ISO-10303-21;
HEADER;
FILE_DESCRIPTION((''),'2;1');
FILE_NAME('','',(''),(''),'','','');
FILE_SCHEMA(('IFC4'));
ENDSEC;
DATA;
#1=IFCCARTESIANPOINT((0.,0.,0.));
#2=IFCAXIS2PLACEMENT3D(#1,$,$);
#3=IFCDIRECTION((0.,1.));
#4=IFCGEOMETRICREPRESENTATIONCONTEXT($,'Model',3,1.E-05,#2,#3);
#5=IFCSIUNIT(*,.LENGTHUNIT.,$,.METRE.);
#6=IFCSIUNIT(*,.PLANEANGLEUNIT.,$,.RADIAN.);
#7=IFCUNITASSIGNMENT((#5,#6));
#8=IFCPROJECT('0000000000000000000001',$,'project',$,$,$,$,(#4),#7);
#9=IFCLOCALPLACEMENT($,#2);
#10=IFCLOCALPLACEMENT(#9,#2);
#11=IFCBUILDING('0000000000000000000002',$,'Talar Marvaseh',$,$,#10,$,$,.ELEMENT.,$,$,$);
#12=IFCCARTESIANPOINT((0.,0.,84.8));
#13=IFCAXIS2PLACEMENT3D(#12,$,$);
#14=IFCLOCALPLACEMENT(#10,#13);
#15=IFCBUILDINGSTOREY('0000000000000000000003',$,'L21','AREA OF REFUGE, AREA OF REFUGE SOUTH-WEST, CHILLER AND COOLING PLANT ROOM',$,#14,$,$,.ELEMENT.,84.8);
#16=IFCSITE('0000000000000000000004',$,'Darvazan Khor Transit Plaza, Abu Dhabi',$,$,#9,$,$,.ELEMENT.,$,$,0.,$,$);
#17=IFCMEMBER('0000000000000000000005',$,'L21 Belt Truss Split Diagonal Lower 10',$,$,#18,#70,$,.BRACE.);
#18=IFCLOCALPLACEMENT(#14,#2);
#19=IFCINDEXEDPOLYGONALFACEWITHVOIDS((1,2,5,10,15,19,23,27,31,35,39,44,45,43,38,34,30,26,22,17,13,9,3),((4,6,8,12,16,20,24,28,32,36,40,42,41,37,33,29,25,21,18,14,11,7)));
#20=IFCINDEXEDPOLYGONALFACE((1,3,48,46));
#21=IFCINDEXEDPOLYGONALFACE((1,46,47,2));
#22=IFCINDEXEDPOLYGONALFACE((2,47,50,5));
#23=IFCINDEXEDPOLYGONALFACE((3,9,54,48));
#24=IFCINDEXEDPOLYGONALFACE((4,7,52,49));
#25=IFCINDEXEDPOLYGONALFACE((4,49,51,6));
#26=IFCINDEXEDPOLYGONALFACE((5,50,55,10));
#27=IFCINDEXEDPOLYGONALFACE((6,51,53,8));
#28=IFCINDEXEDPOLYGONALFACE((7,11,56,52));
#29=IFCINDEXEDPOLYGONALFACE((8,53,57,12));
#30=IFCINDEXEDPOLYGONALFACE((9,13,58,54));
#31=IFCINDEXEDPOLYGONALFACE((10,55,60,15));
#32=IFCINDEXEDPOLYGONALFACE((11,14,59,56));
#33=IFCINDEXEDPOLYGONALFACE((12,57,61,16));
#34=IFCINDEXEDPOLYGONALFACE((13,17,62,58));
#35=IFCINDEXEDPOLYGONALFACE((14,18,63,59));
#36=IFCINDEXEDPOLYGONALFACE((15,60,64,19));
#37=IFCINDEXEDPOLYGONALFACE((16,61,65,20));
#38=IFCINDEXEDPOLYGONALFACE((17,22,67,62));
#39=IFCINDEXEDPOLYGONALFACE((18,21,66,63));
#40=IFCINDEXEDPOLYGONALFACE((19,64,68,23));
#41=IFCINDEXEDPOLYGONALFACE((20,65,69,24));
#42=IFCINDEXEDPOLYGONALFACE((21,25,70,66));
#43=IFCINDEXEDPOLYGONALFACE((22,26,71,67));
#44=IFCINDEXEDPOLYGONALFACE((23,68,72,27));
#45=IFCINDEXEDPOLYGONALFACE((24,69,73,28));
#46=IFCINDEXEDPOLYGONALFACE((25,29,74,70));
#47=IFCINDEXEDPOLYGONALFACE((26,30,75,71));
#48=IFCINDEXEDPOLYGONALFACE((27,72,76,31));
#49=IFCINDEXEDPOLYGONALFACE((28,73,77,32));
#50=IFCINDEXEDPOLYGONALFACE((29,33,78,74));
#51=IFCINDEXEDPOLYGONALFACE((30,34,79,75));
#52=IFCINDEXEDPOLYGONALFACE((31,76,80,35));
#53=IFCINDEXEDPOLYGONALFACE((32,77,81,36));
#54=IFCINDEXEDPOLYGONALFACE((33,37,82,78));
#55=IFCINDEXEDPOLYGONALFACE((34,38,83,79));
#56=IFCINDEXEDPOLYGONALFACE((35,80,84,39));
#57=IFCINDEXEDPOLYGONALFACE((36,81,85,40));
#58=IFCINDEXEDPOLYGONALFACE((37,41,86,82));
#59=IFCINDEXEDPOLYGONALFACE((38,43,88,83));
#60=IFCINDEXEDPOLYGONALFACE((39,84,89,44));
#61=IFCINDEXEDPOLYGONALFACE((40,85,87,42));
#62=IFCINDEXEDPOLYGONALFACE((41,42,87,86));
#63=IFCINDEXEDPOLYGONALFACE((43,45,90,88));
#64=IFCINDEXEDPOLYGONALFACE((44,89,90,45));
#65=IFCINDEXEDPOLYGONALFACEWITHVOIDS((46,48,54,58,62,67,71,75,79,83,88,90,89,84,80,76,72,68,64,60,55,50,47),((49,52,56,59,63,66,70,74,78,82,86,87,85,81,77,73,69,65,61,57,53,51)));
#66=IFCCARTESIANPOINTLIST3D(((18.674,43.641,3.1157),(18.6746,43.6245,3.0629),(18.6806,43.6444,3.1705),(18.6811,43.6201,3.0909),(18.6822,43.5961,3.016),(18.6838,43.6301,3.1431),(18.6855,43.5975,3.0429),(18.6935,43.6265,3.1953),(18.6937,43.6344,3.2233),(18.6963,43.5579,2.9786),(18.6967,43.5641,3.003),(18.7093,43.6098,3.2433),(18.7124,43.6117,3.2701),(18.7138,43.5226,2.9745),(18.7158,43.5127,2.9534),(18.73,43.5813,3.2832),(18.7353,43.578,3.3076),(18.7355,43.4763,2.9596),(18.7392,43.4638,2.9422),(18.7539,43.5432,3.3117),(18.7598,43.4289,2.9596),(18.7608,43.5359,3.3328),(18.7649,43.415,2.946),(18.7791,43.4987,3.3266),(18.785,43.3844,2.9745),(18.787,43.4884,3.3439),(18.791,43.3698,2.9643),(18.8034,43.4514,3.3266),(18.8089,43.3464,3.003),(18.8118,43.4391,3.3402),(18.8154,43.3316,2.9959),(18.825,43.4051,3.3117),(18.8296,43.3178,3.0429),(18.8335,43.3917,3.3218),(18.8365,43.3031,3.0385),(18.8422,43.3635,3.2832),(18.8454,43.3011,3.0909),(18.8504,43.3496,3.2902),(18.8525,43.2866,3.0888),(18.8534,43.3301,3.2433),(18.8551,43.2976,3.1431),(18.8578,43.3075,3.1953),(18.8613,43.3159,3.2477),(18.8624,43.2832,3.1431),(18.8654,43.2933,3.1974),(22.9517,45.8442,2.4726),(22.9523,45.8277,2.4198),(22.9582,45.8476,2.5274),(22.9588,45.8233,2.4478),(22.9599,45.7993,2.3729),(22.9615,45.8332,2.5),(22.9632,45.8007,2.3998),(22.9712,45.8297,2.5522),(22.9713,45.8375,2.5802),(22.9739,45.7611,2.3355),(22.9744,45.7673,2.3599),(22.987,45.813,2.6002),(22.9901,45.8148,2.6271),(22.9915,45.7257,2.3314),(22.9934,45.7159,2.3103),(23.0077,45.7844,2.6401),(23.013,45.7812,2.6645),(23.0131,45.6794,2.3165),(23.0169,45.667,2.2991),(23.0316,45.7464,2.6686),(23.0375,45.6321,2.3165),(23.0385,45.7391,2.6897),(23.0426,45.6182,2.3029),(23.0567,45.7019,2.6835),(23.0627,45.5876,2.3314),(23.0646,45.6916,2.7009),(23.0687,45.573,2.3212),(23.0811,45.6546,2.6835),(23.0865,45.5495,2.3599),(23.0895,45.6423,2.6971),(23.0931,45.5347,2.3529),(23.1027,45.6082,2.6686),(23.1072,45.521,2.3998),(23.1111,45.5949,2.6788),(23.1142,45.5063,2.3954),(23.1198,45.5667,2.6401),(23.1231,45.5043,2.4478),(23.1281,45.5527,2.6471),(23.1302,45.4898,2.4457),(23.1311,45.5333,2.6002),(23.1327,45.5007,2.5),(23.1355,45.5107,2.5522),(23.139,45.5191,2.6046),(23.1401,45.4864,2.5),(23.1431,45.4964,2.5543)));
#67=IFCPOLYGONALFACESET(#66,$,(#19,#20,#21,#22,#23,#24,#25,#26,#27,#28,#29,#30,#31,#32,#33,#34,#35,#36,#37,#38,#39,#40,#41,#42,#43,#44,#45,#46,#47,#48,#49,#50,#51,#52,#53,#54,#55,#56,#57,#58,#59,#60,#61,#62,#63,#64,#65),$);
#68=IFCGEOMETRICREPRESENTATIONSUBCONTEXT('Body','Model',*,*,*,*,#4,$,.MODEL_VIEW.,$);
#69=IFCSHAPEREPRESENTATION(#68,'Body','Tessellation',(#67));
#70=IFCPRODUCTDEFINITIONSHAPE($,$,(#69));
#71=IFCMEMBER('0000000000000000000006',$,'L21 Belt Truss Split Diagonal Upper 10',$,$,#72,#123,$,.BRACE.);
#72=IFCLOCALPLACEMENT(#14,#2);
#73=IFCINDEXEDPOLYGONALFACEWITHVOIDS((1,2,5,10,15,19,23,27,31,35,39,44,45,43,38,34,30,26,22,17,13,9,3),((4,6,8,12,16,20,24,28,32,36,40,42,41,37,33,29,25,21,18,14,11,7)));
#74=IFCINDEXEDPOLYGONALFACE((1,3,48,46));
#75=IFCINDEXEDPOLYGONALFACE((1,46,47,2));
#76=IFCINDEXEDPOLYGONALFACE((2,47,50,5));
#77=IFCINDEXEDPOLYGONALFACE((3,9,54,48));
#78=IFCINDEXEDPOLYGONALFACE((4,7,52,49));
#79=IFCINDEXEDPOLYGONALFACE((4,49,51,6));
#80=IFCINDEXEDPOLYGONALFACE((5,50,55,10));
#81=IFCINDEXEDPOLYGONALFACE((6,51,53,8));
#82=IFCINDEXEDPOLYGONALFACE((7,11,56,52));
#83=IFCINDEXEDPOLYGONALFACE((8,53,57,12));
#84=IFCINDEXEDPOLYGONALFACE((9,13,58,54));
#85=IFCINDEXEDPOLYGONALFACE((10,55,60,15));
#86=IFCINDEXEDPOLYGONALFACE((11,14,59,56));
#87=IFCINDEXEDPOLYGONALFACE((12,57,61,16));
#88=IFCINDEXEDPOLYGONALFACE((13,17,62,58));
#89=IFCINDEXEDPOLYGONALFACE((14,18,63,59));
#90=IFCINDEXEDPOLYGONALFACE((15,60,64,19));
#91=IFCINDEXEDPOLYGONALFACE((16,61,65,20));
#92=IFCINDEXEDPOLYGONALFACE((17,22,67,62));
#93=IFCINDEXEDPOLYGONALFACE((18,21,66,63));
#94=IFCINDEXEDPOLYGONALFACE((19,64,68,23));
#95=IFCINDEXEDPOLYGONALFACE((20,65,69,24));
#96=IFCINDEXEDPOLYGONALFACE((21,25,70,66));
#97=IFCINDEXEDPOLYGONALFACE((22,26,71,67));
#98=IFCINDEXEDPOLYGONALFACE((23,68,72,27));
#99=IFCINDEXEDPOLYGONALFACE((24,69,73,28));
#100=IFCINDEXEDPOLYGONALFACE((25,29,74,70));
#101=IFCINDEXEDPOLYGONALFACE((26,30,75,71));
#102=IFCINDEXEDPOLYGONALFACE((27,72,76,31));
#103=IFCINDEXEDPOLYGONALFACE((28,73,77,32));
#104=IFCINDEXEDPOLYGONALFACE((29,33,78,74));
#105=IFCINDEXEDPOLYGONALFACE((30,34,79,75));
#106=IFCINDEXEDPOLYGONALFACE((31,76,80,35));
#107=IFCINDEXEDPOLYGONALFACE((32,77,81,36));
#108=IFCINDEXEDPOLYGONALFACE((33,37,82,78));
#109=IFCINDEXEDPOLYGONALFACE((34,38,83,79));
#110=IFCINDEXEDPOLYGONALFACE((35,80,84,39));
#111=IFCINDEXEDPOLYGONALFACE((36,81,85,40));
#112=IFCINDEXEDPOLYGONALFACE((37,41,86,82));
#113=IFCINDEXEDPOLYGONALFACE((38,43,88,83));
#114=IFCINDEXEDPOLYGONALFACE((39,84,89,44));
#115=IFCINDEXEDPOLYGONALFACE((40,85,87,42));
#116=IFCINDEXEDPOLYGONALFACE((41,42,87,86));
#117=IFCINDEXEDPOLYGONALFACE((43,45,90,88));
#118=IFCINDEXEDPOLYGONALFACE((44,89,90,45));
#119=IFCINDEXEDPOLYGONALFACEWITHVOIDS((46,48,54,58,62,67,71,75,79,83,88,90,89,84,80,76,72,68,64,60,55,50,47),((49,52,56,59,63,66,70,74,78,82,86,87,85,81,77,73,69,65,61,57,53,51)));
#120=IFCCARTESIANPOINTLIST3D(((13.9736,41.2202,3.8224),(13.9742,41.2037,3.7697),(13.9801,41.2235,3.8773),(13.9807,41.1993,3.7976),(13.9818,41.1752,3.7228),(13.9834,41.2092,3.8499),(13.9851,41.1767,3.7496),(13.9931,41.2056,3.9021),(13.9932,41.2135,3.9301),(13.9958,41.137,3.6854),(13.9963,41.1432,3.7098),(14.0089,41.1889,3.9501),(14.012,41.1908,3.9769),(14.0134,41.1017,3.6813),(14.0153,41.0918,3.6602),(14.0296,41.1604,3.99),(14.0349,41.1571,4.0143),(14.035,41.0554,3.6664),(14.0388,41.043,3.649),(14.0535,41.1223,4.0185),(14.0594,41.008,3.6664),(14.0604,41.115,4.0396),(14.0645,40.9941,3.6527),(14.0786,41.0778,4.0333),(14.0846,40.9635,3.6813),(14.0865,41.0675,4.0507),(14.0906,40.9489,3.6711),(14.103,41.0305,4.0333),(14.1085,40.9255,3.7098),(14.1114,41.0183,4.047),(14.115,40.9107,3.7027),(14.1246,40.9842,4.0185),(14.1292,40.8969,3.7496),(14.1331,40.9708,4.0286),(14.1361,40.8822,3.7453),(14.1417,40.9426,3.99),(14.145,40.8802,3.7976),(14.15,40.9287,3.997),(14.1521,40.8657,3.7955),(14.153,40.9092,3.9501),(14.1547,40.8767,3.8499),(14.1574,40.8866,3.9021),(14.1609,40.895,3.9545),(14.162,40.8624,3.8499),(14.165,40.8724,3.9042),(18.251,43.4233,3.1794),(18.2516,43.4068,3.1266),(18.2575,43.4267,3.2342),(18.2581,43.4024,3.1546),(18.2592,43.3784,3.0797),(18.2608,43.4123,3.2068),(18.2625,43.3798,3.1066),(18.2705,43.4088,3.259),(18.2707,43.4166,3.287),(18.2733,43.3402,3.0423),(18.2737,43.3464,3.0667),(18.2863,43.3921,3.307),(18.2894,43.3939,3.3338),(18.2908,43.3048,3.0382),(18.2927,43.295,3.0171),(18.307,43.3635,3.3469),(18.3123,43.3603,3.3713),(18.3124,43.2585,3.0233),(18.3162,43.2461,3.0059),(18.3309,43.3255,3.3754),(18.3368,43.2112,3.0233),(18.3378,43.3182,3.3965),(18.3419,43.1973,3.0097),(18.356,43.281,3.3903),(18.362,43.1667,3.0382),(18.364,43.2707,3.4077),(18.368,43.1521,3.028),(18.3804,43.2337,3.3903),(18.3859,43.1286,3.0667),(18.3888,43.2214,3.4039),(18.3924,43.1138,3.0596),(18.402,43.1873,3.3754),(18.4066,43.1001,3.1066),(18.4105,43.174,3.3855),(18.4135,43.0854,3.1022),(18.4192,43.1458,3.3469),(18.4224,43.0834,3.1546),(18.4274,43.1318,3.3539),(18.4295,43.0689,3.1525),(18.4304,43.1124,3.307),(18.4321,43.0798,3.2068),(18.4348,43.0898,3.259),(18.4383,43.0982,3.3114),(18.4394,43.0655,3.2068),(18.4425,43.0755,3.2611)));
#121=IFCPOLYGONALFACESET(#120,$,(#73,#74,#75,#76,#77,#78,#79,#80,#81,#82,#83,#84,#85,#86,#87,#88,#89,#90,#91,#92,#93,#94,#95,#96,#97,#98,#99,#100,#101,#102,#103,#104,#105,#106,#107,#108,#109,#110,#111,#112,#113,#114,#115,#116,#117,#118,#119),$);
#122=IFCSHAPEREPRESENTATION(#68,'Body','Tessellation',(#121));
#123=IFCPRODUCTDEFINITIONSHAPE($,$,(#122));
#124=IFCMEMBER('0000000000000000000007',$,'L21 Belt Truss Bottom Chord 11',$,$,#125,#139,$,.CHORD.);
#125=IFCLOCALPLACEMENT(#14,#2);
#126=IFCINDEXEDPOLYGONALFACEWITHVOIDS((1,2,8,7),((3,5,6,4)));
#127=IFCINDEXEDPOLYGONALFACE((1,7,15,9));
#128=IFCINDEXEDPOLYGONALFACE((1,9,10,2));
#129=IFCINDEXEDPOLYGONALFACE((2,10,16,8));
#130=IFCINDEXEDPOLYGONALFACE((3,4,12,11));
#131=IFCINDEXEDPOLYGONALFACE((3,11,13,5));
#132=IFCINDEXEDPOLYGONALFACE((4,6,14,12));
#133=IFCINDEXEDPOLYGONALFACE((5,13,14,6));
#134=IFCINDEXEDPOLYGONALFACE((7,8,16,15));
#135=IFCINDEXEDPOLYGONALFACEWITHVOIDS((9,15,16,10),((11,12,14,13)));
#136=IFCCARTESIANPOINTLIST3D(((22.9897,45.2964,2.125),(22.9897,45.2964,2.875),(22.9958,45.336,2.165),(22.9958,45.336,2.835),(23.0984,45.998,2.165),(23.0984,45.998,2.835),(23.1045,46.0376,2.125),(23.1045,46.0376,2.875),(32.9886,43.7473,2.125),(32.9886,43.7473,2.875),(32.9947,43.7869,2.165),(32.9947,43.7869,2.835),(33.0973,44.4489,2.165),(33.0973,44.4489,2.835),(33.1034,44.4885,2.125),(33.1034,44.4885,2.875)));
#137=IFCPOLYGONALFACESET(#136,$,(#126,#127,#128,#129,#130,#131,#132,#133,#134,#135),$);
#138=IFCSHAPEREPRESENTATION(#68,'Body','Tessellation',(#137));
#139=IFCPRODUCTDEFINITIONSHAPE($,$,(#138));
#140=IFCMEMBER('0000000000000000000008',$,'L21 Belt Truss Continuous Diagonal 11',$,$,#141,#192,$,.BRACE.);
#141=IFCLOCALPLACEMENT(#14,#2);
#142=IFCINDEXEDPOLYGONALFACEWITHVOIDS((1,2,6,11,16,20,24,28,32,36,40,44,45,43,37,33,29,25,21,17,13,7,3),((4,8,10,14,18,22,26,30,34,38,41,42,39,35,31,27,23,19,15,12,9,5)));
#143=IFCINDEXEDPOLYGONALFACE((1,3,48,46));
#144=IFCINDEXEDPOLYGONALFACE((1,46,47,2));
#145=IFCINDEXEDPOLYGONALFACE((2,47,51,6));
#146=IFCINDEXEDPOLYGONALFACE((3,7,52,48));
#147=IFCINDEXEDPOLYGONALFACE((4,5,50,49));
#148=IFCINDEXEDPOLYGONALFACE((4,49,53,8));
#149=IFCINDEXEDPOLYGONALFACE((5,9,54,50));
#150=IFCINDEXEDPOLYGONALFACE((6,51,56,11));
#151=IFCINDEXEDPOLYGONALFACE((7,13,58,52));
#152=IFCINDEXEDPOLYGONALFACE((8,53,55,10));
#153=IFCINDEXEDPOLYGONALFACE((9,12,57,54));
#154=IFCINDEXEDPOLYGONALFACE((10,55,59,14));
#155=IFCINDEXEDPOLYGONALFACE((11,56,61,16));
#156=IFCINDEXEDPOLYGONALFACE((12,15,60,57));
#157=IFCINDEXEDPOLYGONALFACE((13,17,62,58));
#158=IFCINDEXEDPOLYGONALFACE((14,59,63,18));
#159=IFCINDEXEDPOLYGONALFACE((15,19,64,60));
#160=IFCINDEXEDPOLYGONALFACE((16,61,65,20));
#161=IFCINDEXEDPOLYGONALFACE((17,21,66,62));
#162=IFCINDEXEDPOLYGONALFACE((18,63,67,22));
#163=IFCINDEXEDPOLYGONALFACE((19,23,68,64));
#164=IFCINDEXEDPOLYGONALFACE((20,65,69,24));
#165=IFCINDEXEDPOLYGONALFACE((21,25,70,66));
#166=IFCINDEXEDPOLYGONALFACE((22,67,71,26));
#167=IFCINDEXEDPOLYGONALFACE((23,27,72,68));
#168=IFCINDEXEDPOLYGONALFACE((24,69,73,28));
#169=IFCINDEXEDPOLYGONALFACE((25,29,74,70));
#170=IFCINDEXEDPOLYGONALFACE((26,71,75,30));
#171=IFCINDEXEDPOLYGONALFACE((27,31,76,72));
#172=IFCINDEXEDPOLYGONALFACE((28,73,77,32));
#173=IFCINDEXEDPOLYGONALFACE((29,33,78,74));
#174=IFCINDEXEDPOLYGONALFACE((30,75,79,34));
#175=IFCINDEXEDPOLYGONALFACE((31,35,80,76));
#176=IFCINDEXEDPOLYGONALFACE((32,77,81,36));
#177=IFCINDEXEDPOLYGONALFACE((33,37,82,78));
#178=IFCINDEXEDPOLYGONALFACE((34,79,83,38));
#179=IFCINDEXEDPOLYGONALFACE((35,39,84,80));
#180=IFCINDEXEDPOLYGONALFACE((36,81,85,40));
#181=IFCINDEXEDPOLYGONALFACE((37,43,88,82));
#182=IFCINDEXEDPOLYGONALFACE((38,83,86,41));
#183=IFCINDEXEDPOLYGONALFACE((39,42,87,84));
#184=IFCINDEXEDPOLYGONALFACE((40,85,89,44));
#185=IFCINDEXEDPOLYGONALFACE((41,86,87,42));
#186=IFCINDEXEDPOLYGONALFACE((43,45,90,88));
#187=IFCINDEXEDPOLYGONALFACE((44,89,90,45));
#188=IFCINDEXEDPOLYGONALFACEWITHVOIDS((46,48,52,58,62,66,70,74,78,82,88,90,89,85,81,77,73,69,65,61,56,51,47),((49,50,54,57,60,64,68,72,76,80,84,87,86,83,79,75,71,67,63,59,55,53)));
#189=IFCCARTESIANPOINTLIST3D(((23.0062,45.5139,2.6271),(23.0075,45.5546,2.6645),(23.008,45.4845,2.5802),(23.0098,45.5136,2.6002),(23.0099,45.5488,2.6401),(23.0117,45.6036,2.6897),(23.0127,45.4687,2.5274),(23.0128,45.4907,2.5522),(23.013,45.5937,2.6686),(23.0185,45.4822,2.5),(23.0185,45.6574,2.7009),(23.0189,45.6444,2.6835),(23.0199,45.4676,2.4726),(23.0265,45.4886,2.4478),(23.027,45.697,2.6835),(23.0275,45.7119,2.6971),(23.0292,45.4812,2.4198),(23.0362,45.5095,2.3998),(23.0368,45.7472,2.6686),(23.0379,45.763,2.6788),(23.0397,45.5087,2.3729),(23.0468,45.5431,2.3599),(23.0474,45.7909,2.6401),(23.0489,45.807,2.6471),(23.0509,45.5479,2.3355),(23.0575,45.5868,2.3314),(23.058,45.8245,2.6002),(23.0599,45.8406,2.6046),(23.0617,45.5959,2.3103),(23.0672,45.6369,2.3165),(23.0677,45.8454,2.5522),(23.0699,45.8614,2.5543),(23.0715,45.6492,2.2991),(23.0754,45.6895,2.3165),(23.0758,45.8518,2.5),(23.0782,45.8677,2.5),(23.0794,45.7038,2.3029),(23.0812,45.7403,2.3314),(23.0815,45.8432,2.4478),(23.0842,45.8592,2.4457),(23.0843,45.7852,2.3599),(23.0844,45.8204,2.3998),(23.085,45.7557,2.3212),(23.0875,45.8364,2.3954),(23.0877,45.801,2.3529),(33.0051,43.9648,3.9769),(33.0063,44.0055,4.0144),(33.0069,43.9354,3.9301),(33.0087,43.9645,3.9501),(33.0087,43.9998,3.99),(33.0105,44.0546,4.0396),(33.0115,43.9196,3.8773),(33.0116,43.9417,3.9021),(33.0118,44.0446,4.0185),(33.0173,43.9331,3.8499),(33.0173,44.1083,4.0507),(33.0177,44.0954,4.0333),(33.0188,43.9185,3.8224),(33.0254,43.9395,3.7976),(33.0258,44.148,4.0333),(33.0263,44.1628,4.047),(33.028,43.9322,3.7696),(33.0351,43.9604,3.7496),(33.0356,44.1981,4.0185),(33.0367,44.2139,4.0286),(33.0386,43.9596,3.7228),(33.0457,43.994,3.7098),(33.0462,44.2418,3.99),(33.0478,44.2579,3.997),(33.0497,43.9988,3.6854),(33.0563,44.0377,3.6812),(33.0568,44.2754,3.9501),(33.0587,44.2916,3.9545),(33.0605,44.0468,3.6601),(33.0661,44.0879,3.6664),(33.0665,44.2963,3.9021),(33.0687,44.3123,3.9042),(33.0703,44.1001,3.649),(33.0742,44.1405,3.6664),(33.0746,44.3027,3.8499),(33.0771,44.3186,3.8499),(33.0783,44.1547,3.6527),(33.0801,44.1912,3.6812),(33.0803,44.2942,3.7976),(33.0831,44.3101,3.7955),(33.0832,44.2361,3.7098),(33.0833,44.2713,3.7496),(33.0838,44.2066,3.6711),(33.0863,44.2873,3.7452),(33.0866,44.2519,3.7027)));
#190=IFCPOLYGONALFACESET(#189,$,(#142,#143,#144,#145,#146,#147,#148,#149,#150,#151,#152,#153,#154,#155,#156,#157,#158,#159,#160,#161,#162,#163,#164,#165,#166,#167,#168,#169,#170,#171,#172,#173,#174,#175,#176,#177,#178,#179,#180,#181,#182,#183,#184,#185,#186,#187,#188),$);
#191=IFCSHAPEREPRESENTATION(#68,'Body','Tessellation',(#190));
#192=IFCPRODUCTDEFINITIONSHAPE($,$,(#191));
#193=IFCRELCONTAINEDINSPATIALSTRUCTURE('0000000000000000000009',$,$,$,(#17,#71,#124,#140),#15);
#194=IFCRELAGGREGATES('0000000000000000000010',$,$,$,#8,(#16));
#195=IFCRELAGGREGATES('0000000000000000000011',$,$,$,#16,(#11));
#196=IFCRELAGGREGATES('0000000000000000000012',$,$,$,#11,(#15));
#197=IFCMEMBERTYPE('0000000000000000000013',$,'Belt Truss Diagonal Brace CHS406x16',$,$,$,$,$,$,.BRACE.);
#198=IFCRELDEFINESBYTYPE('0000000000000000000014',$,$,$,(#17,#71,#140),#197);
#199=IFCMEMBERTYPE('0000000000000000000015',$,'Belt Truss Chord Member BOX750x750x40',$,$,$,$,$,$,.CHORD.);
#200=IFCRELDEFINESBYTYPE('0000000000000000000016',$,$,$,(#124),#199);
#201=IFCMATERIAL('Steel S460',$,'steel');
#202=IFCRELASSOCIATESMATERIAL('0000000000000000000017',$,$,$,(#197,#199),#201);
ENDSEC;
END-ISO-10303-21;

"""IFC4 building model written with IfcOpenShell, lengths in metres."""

from ifc_helpers import new_model, si_unit, direction, frame, origin, origin_2d, place, context, subcontext, project, spatial, hollow_rectangle, hollow_circle, extrude, source, transform, mapped, material, material_profile, profile_set, type_object, type_shapes, element, save


model = new_model("IFC4")

# Units and contexts
model_context = context("Model", 3, precision=1e-05, world=origin(), true_north=direction((0.0, 1.0)))
body_context = subcontext(model_context, "Body", "Model", "MODEL_VIEW")
ifc_project = project(units=[si_unit("LENGTHUNIT", "METRE"), si_unit("PLANEANGLEUNIT", "RADIAN")], contexts=[model_context])

# Site, building, storey
site_placement = place(None, origin())
site = spatial("IfcSite", under=ifc_project, at=site_placement, Name="Darvazan Khor Transit Plaza, Abu Dhabi", CompositionType="ELEMENT", RefElevation=0.0)
building_placement = place(site_placement, origin())
building = spatial("IfcBuilding", under=site, at=building_placement, Name="Talar Marvaseh", CompositionType="ELEMENT")
storey_placement = place(building_placement, frame((0.0, 0.0, 84.8)))
storey = spatial("IfcBuildingStorey", under=building, at=storey_placement, Name="L21", Description="AREA OF REFUGE, AREA OF REFUGE SOUTH-WEST, CHILLER AND COOLING PLANT ROOM", CompositionType="ELEMENT", Elevation=84.8)

# Shared definitions
ifc_material_1 = material(Name="Steel S460", Category="steel")

# Members
ifc_material_profile_1 = material_profile(ifc_material_1, hollow_circle(Radius=0.2031, WallThickness=0.0161, at=origin_2d()), Name="CHS406x16")
ifc_profile_set_1 = profile_set([ifc_material_profile_1], Name="Steel S460")
member_type_1 = type_object("IfcMemberType", Name="Belt Truss Diagonal Brace CHS406x16", PredefinedType="BRACE", material=ifc_profile_set_1)
shared_shape_1 = source(origin(), body_context, "Body", "SweptSolid", [
    extrude(hollow_circle(Radius=0.2031, WallThickness=0.0161, at=origin_2d()), origin(), (0.0, 0.0, 1.0), 4.8545),
])
member_1_placement = place(storey_placement, frame((23.0471, 45.667, 2.5), z_axis=(-0.88118, -0.453842, 0.132471), x_axis=(0.457878, -0.889015, 0.0)))
element("IfcMember", 1, at=member_1_placement, inside=storey, type_object=member_type_1, Name="L21 Belt Truss Split Diagonal Lower 10", PredefinedType="BRACE", context=body_context, shape_type="MappedRepresentation", body=[
    mapped(shared_shape_1, transform((0.0, 0.0, 0.0), x_axis=(1.0, 0.0, 0.0), y_axis=(0.0, 1.0, 0.0), z_axis=(0.0, 0.0, 1.0), scale=1.0)),
])
shared_shape_2 = source(origin(), body_context, "Body", "SweptSolid", [
    extrude(hollow_circle(Radius=0.2031, WallThickness=0.0161, at=origin_2d()), origin(), (0.0, 0.0, 1.0), 4.8542),
])
member_2_placement = place(storey_placement, frame((18.3464, 43.2461, 3.2068), z_axis=(-0.881169, -0.453862, 0.132477), x_axis=(0.457898, -0.889005, 0.0)))
element("IfcMember", 2, at=member_2_placement, inside=storey, type_object=member_type_1, Name="L21 Belt Truss Split Diagonal Upper 10", PredefinedType="BRACE", context=body_context, shape_type="MappedRepresentation", body=[
    mapped(shared_shape_2, transform((0.0, 0.0, 0.0), x_axis=(1.0, 0.0, 0.0), y_axis=(0.0, 1.0, 0.0), z_axis=(0.0, 0.0, 1.0), scale=1.0)),
])
ifc_material_profile_2 = material_profile(ifc_material_1, hollow_rectangle(XDim=0.75, YDim=0.75, WallThickness=0.04, at=origin_2d()), Name="BOX750x750x40")
ifc_profile_set_2 = profile_set([ifc_material_profile_2], Name="Steel S460")
member_type_2 = type_object("IfcMemberType", Name="Belt Truss Chord Member BOX750x750x40", PredefinedType="CHORD", material=ifc_profile_set_2)
shared_shape_3 = source(origin(), body_context, "Body", "SweptSolid", [
    extrude(hollow_rectangle(XDim=0.75, YDim=0.75, WallThickness=0.04, at=origin_2d()), origin(), (0.0, 0.0, 1.0), 10.1182),
])
type_shapes(member_type_2, [shared_shape_3])
member_3_placement = place(storey_placement, frame((23.0471, 45.667, 2.5), z_axis=(0.988211, -0.1531, 0.0), x_axis=(0.1531, 0.988211, 0.0)))
element("IfcMember", 3, at=member_3_placement, inside=storey, type_object=member_type_2, Name="L21 Belt Truss Bottom Chord 11", PredefinedType="CHORD", context=body_context, shape_type="MappedRepresentation", body=[
    mapped(shared_shape_3, transform((0.0, 0.0, 0.0), x_axis=(1.0, 0.0, 0.0), y_axis=(0.0, 1.0, 0.0), z_axis=(0.0, 0.0, 1.0), scale=1.0)),
])
shared_shape_4 = source(origin(), body_context, "Body", "SweptSolid", [
    extrude(hollow_circle(Radius=0.2031, WallThickness=0.0161, at=origin_2d()), origin(), (0.0, 0.0, 1.0), 10.2078),
])
type_shapes(member_type_1, [shared_shape_1, shared_shape_2, shared_shape_4])
member_4_placement = place(storey_placement, frame((23.0471, 45.667, 2.5), z_axis=(0.979532, -0.151755, 0.132239), x_axis=(0.1531, 0.988211, 0.0)))
element("IfcMember", 4, at=member_4_placement, inside=storey, type_object=member_type_1, Name="L21 Belt Truss Continuous Diagonal 11", PredefinedType="BRACE", context=body_context, shape_type="MappedRepresentation", body=[
    mapped(shared_shape_4, transform((0.0, 0.0, 0.0), x_axis=(1.0, 0.0, 0.0), y_axis=(0.0, 1.0, 0.0), z_axis=(0.0, 0.0, 1.0), scale=1.0)),
])

save(model, "model.ifc")
